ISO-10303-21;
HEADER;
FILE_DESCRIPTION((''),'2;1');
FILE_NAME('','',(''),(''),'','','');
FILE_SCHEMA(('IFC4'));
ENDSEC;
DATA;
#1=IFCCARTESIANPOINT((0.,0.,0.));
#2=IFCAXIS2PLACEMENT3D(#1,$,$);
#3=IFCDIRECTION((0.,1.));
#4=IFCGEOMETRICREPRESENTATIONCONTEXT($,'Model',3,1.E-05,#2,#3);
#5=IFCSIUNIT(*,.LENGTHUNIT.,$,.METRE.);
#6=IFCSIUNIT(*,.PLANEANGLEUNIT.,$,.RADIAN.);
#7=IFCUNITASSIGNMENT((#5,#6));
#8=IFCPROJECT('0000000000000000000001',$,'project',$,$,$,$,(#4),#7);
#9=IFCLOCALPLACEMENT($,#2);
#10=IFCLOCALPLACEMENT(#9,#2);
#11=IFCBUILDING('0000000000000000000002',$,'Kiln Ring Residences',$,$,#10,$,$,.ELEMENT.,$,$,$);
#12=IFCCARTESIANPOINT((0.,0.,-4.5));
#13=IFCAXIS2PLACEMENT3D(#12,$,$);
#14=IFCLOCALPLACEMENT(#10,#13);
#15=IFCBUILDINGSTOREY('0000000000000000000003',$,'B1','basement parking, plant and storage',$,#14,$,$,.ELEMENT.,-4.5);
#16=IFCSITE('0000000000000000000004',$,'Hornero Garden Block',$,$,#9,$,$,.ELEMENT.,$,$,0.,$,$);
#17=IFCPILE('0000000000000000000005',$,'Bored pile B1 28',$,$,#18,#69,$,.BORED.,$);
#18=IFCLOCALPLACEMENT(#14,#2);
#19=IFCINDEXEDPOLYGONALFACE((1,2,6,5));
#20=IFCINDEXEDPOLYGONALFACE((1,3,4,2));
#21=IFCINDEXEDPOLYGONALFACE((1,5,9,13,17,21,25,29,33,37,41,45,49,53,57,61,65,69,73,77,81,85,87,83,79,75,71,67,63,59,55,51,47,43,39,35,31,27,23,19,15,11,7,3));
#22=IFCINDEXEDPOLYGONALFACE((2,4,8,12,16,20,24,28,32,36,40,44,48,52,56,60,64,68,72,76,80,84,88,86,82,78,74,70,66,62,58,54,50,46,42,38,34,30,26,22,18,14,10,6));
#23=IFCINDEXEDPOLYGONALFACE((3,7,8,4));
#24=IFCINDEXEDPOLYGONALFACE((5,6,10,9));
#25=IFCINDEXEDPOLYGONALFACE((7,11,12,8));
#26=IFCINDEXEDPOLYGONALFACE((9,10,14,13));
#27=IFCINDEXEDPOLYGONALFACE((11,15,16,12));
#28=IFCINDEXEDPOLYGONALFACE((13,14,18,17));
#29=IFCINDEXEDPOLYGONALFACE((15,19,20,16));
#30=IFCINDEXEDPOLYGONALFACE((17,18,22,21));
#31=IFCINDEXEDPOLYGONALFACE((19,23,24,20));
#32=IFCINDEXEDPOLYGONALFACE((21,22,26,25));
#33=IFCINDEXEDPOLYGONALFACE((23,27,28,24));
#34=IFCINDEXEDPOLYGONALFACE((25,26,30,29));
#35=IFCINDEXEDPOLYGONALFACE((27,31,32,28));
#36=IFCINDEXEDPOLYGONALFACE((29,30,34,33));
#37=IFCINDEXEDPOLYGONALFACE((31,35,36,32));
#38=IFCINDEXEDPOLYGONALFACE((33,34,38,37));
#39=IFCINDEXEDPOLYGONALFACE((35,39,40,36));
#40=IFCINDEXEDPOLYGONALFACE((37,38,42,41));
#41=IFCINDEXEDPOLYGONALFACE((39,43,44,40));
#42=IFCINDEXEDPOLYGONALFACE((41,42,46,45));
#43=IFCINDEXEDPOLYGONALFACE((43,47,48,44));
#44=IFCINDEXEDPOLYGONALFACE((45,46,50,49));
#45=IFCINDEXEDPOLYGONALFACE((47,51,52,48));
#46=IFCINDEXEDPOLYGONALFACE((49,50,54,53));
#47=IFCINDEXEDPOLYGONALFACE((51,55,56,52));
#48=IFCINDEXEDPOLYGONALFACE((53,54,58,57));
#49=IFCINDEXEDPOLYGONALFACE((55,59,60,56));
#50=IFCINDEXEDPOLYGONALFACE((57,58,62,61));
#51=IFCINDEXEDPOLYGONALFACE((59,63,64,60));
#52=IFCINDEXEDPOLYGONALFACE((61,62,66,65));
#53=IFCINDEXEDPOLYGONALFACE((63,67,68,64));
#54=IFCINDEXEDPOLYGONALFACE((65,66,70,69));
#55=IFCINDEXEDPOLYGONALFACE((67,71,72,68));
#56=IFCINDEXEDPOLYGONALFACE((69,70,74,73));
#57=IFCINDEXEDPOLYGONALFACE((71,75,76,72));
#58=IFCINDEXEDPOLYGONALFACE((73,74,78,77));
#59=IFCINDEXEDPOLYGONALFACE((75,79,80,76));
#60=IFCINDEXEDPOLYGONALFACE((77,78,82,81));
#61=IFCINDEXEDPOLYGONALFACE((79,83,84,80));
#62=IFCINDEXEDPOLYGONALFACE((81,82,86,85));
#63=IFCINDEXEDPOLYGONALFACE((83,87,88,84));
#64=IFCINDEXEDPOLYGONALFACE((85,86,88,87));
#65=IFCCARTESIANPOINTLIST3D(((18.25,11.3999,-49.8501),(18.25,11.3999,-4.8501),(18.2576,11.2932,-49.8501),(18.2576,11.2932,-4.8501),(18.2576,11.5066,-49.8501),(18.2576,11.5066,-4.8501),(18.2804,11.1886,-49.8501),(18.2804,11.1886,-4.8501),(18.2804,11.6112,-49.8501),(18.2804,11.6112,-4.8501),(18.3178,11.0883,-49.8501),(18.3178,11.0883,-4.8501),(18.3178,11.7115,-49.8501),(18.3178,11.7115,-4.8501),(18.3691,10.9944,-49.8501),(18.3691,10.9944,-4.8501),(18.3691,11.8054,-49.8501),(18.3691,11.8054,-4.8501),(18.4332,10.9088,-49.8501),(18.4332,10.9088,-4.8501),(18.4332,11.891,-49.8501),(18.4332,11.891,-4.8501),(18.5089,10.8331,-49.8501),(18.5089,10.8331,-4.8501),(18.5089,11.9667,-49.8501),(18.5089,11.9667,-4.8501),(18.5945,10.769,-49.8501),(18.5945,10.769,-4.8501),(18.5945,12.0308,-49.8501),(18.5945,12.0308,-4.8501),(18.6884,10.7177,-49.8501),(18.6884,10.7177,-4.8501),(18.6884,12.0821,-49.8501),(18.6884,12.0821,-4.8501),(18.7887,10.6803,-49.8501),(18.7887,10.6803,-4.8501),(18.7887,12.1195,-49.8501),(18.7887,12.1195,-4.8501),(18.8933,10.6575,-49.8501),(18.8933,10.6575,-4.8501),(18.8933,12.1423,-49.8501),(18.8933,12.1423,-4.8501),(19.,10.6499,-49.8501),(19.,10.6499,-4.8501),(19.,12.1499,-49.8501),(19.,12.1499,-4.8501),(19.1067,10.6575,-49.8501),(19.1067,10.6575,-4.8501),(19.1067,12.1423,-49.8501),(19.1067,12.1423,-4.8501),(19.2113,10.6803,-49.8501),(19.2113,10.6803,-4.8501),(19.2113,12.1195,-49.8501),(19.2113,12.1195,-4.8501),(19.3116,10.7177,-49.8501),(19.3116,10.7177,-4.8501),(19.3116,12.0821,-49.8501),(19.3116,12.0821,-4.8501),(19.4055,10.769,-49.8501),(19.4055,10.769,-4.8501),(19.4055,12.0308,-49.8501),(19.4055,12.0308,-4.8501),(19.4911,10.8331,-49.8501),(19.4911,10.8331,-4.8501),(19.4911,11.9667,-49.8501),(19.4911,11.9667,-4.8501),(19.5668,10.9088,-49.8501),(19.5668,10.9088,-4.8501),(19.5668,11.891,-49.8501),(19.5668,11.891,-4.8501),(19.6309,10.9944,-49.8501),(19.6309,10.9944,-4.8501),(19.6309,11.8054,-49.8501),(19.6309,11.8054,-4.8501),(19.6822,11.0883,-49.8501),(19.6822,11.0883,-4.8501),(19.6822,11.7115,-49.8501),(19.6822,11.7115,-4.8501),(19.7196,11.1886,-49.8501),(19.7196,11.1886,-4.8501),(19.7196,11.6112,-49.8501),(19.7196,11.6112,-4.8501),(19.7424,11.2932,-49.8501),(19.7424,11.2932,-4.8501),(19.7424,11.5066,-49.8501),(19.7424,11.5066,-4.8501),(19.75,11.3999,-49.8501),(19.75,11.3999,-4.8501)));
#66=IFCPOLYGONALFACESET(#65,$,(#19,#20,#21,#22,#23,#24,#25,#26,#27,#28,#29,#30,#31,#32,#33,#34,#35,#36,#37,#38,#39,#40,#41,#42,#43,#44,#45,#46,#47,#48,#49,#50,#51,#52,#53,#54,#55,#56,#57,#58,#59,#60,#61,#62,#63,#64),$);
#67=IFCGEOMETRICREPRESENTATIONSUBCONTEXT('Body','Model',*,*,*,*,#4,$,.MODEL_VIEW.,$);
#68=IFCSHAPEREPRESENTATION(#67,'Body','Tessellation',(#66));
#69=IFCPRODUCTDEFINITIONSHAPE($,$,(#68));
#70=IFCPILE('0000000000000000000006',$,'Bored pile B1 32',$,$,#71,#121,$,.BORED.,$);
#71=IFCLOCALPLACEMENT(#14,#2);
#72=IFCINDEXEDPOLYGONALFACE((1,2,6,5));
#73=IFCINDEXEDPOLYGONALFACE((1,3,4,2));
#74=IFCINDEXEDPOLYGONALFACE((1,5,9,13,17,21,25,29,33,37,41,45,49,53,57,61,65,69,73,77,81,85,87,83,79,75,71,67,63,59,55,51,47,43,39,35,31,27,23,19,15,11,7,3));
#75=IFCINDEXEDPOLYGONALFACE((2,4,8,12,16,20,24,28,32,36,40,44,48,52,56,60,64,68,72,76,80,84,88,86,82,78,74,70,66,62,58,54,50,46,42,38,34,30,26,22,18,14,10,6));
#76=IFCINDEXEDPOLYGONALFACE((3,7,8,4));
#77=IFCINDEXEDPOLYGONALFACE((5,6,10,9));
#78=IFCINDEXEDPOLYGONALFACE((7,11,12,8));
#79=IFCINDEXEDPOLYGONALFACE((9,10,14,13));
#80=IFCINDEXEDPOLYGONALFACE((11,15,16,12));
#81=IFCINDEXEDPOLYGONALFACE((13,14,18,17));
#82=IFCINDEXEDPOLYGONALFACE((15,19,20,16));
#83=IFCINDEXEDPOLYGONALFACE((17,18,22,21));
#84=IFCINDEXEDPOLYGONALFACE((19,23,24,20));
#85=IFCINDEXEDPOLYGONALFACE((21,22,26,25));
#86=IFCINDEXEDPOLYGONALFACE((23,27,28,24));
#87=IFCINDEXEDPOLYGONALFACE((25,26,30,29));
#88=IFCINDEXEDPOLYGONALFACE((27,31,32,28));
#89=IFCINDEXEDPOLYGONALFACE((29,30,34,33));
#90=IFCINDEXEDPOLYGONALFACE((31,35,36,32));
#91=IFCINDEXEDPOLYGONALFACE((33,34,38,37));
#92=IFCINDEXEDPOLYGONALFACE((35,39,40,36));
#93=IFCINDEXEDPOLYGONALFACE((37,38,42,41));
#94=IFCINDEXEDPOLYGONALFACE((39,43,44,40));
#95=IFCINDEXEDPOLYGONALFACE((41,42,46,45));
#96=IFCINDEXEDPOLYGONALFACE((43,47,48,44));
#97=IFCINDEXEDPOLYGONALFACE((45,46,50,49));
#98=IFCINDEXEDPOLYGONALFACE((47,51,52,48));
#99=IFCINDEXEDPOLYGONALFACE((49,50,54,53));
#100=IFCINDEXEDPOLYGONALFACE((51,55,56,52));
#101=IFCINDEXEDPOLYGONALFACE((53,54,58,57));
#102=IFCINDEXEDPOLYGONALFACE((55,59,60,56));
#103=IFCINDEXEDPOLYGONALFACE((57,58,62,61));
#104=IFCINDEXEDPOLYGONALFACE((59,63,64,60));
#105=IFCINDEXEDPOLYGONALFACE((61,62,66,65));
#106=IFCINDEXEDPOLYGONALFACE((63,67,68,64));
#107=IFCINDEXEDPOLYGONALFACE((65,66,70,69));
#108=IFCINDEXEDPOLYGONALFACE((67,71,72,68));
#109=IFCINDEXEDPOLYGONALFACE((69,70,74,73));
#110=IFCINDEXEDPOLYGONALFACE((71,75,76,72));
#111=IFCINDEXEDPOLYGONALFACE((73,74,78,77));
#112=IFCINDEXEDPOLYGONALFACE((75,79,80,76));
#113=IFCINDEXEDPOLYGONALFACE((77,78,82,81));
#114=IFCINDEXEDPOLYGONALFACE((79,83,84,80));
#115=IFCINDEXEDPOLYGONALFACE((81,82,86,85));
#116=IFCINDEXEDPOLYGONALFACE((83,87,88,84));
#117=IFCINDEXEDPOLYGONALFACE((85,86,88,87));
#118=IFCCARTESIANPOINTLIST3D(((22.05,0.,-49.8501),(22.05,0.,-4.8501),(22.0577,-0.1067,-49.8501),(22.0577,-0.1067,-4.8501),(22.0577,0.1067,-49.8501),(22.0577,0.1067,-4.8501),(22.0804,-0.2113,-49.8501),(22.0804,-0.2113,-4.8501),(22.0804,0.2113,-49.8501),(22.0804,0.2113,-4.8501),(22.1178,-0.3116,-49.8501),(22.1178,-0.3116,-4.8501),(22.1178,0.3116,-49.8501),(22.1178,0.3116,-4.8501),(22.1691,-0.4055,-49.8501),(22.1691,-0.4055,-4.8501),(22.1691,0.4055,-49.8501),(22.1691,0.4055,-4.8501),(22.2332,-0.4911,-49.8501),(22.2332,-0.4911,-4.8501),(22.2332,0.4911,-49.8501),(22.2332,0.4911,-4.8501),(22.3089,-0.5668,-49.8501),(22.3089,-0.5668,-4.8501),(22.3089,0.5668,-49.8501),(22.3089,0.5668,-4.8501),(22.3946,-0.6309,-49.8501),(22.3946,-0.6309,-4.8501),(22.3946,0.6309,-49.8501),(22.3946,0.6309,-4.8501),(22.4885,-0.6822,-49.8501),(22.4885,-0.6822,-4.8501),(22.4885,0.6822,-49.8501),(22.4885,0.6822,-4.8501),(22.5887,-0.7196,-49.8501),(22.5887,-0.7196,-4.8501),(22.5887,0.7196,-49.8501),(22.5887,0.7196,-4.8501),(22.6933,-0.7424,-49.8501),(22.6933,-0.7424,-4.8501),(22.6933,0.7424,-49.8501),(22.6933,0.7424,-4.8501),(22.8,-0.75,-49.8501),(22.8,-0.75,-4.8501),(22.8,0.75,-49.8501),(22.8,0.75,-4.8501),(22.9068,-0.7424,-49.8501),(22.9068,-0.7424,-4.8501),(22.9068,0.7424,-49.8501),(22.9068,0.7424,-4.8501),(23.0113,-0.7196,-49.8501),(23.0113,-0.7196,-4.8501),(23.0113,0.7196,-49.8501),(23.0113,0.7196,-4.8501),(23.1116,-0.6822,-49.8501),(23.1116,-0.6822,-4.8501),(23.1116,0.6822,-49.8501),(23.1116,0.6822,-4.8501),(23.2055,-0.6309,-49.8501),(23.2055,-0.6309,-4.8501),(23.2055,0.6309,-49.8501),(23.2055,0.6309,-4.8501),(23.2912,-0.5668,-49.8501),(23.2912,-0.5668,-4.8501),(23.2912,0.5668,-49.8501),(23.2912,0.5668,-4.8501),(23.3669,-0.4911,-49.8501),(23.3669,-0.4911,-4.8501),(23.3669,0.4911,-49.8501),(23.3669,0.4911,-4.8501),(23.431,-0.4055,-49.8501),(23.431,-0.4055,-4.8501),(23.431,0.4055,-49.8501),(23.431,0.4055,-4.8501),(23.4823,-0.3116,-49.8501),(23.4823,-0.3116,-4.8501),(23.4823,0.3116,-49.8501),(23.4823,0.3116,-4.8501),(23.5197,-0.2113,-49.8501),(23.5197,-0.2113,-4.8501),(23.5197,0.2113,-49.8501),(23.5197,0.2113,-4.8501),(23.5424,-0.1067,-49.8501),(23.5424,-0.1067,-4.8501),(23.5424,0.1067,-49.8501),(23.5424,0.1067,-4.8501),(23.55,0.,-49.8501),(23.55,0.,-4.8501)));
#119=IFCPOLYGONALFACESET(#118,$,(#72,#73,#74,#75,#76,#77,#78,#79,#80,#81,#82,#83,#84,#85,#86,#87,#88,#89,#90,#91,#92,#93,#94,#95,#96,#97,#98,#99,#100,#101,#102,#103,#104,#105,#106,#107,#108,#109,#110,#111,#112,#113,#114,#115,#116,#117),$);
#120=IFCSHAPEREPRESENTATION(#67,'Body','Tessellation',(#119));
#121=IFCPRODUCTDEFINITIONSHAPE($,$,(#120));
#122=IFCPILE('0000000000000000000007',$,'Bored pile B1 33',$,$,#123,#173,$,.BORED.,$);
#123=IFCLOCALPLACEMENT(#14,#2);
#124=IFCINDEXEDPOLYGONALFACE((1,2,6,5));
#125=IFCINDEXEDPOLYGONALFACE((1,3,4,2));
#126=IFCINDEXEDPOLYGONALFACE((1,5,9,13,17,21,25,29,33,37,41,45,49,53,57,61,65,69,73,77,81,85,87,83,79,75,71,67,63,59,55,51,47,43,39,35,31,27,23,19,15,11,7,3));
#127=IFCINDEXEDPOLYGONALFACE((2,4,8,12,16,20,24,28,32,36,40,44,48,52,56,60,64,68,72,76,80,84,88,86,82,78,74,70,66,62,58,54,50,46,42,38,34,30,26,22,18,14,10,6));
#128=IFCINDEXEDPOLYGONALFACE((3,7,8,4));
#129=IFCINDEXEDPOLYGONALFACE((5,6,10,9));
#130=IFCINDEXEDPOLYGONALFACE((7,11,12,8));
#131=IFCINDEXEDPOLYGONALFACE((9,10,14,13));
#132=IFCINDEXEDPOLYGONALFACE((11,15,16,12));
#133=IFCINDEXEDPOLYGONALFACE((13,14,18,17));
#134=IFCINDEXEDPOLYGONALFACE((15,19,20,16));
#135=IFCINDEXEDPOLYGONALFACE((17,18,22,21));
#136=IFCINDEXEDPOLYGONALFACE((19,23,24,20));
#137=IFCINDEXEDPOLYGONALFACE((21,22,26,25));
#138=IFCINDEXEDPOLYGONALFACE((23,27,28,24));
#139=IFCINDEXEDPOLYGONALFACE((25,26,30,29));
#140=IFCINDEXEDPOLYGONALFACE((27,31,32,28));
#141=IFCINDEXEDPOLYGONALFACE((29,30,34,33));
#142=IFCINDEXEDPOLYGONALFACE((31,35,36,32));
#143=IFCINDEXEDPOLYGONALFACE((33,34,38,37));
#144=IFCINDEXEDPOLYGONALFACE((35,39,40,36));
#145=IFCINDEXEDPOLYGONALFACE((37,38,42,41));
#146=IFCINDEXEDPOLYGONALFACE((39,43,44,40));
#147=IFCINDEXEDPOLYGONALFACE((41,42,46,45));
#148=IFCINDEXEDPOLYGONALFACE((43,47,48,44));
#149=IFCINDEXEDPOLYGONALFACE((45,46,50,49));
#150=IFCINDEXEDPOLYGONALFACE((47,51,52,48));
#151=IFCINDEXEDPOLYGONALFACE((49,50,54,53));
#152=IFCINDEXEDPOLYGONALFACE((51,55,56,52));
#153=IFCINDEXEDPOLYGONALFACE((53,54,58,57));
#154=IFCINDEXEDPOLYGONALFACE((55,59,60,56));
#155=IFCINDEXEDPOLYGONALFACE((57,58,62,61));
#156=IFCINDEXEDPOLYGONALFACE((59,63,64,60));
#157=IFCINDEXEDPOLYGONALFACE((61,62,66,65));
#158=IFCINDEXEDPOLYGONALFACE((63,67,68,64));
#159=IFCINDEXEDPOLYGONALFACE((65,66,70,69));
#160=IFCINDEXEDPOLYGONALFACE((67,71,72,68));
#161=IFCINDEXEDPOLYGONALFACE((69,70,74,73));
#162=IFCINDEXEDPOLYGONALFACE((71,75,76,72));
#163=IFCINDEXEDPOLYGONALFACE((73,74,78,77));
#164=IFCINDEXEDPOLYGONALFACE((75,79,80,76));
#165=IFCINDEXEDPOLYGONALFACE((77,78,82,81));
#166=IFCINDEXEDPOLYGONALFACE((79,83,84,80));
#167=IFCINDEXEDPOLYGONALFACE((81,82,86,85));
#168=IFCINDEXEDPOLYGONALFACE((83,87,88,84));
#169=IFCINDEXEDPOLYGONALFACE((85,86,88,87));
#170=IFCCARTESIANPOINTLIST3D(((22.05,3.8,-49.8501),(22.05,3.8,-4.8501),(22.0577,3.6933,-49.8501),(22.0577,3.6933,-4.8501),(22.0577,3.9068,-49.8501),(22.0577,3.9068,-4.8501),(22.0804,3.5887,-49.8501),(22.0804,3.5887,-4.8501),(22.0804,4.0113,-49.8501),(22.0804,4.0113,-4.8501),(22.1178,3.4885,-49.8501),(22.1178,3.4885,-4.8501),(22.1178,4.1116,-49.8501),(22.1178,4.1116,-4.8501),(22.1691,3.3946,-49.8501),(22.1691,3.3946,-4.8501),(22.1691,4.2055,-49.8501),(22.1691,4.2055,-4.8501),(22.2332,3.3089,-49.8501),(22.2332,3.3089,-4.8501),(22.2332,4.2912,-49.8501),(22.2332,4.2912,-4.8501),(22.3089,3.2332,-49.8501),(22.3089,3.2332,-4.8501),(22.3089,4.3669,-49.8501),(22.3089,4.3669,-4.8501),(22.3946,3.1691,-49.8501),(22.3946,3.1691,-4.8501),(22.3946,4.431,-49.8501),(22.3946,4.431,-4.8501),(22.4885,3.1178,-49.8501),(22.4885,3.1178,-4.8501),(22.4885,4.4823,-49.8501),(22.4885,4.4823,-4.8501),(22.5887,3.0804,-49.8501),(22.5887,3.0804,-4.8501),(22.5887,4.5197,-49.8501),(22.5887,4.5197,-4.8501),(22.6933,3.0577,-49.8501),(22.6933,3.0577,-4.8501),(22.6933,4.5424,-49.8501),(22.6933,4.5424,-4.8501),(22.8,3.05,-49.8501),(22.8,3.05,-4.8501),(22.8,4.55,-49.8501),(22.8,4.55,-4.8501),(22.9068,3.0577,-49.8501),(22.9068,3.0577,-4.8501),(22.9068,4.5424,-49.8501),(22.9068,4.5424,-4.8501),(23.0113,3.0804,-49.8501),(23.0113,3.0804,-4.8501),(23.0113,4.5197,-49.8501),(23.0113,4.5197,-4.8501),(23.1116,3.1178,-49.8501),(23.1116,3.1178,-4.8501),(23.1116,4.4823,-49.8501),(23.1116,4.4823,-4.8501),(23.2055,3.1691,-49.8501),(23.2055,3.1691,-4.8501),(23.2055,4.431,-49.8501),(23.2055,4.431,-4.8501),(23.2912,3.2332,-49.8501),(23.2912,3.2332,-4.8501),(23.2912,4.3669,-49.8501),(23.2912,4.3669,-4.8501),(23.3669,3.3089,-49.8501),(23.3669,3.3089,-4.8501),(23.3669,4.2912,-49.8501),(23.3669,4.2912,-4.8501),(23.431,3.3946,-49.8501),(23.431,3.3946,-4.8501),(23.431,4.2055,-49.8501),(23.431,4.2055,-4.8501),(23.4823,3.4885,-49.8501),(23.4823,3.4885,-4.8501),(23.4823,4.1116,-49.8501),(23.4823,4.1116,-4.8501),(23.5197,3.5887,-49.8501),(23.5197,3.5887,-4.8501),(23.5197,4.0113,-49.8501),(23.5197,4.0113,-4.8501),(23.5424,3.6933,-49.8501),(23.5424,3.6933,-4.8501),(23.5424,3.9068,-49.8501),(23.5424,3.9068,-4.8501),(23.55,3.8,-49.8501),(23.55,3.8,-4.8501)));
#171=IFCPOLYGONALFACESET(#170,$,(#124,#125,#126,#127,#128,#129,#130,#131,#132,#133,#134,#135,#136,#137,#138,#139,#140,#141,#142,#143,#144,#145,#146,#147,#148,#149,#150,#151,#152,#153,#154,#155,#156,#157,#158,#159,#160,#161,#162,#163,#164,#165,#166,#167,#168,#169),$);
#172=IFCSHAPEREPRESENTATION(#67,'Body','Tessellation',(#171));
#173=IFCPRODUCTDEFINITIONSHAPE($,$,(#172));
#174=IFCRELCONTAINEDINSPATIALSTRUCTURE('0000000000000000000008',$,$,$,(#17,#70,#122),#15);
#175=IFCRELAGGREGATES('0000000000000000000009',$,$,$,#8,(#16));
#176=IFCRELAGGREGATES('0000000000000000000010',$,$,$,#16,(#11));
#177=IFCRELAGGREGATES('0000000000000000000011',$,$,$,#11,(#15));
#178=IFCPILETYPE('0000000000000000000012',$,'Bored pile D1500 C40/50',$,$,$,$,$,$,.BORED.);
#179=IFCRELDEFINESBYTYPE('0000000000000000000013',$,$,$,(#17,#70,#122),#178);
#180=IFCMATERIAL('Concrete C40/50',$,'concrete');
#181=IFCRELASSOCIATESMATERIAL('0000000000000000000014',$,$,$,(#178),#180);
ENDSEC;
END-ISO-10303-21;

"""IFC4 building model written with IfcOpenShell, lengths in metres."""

from ifc_helpers import new_model, si_unit, direction, frame, origin, origin_2d, place, context, subcontext, project, spatial, circle, extrude, material, material_profile, profile_set, type_object, element, save


model = new_model("IFC4")

# Units and contexts
model_context = context("Model", 3, precision=1e-05, world=origin(), true_north=direction((0.0, 1.0)))
body_context = subcontext(model_context, "Body", "Model", "MODEL_VIEW")
ifc_project = project(units=[si_unit("LENGTHUNIT", "METRE"), si_unit("PLANEANGLEUNIT", "RADIAN")], contexts=[model_context])

# Site, building, storey
site_placement = place(None, origin())
site = spatial("IfcSite", under=ifc_project, at=site_placement, Name="Hornero Garden Block", CompositionType="ELEMENT", RefElevation=0.0)
building_placement = place(site_placement, origin())
building = spatial("IfcBuilding", under=site, at=building_placement, Name="Kiln Ring Residences", CompositionType="ELEMENT")
storey_placement = place(building_placement, frame((0.0, 0.0, -4.5)))
storey = spatial("IfcBuildingStorey", under=building, at=storey_placement, Name="B1", Description="basement parking, plant and storage", CompositionType="ELEMENT", Elevation=-4.5)

# Piles
ifc_material_1 = material(Name="Concrete C40/50", Category="concrete")
ifc_material_profile = material_profile(ifc_material_1, circle(Radius=0.75, at=origin_2d()), Name="BORED1500")
ifc_profile_set = profile_set([ifc_material_profile], Name="Concrete C40/50")
pile_type = type_object("IfcPileType", Name="Bored pile D1500 C40/50", PredefinedType="BORED", material=ifc_profile_set)
for number, where, z_axis, x_axis, name in (
    (1, (19.0, 11.3999, -4.8501), (0.0, 0.0, -1.0), (1.0, 0.0, 0.0), "Bored pile B1 28"),
    (2, (22.8, 0.0, -4.8501), (0.0, 0.0, -1.0), (1.0, 0.0, 0.0), "Bored pile B1 32"),
    (3, (22.8, 3.8, -4.8501), (0.0, 0.0, -1.0), (1.0, 0.0, 0.0), "Bored pile B1 33"),
):
    element("IfcPile", number, at=place(storey_placement, frame(where, z_axis=z_axis, x_axis=x_axis)), inside=storey, type_object=pile_type, Name=name, PredefinedType="BORED", context=body_context, shape_type="SweptSolid", body=[
        extrude(circle(Radius=0.75, at=origin_2d()), origin(), (0.0, 0.0, 1.0), 45.0),
    ])

save(model, "model.ifc")
